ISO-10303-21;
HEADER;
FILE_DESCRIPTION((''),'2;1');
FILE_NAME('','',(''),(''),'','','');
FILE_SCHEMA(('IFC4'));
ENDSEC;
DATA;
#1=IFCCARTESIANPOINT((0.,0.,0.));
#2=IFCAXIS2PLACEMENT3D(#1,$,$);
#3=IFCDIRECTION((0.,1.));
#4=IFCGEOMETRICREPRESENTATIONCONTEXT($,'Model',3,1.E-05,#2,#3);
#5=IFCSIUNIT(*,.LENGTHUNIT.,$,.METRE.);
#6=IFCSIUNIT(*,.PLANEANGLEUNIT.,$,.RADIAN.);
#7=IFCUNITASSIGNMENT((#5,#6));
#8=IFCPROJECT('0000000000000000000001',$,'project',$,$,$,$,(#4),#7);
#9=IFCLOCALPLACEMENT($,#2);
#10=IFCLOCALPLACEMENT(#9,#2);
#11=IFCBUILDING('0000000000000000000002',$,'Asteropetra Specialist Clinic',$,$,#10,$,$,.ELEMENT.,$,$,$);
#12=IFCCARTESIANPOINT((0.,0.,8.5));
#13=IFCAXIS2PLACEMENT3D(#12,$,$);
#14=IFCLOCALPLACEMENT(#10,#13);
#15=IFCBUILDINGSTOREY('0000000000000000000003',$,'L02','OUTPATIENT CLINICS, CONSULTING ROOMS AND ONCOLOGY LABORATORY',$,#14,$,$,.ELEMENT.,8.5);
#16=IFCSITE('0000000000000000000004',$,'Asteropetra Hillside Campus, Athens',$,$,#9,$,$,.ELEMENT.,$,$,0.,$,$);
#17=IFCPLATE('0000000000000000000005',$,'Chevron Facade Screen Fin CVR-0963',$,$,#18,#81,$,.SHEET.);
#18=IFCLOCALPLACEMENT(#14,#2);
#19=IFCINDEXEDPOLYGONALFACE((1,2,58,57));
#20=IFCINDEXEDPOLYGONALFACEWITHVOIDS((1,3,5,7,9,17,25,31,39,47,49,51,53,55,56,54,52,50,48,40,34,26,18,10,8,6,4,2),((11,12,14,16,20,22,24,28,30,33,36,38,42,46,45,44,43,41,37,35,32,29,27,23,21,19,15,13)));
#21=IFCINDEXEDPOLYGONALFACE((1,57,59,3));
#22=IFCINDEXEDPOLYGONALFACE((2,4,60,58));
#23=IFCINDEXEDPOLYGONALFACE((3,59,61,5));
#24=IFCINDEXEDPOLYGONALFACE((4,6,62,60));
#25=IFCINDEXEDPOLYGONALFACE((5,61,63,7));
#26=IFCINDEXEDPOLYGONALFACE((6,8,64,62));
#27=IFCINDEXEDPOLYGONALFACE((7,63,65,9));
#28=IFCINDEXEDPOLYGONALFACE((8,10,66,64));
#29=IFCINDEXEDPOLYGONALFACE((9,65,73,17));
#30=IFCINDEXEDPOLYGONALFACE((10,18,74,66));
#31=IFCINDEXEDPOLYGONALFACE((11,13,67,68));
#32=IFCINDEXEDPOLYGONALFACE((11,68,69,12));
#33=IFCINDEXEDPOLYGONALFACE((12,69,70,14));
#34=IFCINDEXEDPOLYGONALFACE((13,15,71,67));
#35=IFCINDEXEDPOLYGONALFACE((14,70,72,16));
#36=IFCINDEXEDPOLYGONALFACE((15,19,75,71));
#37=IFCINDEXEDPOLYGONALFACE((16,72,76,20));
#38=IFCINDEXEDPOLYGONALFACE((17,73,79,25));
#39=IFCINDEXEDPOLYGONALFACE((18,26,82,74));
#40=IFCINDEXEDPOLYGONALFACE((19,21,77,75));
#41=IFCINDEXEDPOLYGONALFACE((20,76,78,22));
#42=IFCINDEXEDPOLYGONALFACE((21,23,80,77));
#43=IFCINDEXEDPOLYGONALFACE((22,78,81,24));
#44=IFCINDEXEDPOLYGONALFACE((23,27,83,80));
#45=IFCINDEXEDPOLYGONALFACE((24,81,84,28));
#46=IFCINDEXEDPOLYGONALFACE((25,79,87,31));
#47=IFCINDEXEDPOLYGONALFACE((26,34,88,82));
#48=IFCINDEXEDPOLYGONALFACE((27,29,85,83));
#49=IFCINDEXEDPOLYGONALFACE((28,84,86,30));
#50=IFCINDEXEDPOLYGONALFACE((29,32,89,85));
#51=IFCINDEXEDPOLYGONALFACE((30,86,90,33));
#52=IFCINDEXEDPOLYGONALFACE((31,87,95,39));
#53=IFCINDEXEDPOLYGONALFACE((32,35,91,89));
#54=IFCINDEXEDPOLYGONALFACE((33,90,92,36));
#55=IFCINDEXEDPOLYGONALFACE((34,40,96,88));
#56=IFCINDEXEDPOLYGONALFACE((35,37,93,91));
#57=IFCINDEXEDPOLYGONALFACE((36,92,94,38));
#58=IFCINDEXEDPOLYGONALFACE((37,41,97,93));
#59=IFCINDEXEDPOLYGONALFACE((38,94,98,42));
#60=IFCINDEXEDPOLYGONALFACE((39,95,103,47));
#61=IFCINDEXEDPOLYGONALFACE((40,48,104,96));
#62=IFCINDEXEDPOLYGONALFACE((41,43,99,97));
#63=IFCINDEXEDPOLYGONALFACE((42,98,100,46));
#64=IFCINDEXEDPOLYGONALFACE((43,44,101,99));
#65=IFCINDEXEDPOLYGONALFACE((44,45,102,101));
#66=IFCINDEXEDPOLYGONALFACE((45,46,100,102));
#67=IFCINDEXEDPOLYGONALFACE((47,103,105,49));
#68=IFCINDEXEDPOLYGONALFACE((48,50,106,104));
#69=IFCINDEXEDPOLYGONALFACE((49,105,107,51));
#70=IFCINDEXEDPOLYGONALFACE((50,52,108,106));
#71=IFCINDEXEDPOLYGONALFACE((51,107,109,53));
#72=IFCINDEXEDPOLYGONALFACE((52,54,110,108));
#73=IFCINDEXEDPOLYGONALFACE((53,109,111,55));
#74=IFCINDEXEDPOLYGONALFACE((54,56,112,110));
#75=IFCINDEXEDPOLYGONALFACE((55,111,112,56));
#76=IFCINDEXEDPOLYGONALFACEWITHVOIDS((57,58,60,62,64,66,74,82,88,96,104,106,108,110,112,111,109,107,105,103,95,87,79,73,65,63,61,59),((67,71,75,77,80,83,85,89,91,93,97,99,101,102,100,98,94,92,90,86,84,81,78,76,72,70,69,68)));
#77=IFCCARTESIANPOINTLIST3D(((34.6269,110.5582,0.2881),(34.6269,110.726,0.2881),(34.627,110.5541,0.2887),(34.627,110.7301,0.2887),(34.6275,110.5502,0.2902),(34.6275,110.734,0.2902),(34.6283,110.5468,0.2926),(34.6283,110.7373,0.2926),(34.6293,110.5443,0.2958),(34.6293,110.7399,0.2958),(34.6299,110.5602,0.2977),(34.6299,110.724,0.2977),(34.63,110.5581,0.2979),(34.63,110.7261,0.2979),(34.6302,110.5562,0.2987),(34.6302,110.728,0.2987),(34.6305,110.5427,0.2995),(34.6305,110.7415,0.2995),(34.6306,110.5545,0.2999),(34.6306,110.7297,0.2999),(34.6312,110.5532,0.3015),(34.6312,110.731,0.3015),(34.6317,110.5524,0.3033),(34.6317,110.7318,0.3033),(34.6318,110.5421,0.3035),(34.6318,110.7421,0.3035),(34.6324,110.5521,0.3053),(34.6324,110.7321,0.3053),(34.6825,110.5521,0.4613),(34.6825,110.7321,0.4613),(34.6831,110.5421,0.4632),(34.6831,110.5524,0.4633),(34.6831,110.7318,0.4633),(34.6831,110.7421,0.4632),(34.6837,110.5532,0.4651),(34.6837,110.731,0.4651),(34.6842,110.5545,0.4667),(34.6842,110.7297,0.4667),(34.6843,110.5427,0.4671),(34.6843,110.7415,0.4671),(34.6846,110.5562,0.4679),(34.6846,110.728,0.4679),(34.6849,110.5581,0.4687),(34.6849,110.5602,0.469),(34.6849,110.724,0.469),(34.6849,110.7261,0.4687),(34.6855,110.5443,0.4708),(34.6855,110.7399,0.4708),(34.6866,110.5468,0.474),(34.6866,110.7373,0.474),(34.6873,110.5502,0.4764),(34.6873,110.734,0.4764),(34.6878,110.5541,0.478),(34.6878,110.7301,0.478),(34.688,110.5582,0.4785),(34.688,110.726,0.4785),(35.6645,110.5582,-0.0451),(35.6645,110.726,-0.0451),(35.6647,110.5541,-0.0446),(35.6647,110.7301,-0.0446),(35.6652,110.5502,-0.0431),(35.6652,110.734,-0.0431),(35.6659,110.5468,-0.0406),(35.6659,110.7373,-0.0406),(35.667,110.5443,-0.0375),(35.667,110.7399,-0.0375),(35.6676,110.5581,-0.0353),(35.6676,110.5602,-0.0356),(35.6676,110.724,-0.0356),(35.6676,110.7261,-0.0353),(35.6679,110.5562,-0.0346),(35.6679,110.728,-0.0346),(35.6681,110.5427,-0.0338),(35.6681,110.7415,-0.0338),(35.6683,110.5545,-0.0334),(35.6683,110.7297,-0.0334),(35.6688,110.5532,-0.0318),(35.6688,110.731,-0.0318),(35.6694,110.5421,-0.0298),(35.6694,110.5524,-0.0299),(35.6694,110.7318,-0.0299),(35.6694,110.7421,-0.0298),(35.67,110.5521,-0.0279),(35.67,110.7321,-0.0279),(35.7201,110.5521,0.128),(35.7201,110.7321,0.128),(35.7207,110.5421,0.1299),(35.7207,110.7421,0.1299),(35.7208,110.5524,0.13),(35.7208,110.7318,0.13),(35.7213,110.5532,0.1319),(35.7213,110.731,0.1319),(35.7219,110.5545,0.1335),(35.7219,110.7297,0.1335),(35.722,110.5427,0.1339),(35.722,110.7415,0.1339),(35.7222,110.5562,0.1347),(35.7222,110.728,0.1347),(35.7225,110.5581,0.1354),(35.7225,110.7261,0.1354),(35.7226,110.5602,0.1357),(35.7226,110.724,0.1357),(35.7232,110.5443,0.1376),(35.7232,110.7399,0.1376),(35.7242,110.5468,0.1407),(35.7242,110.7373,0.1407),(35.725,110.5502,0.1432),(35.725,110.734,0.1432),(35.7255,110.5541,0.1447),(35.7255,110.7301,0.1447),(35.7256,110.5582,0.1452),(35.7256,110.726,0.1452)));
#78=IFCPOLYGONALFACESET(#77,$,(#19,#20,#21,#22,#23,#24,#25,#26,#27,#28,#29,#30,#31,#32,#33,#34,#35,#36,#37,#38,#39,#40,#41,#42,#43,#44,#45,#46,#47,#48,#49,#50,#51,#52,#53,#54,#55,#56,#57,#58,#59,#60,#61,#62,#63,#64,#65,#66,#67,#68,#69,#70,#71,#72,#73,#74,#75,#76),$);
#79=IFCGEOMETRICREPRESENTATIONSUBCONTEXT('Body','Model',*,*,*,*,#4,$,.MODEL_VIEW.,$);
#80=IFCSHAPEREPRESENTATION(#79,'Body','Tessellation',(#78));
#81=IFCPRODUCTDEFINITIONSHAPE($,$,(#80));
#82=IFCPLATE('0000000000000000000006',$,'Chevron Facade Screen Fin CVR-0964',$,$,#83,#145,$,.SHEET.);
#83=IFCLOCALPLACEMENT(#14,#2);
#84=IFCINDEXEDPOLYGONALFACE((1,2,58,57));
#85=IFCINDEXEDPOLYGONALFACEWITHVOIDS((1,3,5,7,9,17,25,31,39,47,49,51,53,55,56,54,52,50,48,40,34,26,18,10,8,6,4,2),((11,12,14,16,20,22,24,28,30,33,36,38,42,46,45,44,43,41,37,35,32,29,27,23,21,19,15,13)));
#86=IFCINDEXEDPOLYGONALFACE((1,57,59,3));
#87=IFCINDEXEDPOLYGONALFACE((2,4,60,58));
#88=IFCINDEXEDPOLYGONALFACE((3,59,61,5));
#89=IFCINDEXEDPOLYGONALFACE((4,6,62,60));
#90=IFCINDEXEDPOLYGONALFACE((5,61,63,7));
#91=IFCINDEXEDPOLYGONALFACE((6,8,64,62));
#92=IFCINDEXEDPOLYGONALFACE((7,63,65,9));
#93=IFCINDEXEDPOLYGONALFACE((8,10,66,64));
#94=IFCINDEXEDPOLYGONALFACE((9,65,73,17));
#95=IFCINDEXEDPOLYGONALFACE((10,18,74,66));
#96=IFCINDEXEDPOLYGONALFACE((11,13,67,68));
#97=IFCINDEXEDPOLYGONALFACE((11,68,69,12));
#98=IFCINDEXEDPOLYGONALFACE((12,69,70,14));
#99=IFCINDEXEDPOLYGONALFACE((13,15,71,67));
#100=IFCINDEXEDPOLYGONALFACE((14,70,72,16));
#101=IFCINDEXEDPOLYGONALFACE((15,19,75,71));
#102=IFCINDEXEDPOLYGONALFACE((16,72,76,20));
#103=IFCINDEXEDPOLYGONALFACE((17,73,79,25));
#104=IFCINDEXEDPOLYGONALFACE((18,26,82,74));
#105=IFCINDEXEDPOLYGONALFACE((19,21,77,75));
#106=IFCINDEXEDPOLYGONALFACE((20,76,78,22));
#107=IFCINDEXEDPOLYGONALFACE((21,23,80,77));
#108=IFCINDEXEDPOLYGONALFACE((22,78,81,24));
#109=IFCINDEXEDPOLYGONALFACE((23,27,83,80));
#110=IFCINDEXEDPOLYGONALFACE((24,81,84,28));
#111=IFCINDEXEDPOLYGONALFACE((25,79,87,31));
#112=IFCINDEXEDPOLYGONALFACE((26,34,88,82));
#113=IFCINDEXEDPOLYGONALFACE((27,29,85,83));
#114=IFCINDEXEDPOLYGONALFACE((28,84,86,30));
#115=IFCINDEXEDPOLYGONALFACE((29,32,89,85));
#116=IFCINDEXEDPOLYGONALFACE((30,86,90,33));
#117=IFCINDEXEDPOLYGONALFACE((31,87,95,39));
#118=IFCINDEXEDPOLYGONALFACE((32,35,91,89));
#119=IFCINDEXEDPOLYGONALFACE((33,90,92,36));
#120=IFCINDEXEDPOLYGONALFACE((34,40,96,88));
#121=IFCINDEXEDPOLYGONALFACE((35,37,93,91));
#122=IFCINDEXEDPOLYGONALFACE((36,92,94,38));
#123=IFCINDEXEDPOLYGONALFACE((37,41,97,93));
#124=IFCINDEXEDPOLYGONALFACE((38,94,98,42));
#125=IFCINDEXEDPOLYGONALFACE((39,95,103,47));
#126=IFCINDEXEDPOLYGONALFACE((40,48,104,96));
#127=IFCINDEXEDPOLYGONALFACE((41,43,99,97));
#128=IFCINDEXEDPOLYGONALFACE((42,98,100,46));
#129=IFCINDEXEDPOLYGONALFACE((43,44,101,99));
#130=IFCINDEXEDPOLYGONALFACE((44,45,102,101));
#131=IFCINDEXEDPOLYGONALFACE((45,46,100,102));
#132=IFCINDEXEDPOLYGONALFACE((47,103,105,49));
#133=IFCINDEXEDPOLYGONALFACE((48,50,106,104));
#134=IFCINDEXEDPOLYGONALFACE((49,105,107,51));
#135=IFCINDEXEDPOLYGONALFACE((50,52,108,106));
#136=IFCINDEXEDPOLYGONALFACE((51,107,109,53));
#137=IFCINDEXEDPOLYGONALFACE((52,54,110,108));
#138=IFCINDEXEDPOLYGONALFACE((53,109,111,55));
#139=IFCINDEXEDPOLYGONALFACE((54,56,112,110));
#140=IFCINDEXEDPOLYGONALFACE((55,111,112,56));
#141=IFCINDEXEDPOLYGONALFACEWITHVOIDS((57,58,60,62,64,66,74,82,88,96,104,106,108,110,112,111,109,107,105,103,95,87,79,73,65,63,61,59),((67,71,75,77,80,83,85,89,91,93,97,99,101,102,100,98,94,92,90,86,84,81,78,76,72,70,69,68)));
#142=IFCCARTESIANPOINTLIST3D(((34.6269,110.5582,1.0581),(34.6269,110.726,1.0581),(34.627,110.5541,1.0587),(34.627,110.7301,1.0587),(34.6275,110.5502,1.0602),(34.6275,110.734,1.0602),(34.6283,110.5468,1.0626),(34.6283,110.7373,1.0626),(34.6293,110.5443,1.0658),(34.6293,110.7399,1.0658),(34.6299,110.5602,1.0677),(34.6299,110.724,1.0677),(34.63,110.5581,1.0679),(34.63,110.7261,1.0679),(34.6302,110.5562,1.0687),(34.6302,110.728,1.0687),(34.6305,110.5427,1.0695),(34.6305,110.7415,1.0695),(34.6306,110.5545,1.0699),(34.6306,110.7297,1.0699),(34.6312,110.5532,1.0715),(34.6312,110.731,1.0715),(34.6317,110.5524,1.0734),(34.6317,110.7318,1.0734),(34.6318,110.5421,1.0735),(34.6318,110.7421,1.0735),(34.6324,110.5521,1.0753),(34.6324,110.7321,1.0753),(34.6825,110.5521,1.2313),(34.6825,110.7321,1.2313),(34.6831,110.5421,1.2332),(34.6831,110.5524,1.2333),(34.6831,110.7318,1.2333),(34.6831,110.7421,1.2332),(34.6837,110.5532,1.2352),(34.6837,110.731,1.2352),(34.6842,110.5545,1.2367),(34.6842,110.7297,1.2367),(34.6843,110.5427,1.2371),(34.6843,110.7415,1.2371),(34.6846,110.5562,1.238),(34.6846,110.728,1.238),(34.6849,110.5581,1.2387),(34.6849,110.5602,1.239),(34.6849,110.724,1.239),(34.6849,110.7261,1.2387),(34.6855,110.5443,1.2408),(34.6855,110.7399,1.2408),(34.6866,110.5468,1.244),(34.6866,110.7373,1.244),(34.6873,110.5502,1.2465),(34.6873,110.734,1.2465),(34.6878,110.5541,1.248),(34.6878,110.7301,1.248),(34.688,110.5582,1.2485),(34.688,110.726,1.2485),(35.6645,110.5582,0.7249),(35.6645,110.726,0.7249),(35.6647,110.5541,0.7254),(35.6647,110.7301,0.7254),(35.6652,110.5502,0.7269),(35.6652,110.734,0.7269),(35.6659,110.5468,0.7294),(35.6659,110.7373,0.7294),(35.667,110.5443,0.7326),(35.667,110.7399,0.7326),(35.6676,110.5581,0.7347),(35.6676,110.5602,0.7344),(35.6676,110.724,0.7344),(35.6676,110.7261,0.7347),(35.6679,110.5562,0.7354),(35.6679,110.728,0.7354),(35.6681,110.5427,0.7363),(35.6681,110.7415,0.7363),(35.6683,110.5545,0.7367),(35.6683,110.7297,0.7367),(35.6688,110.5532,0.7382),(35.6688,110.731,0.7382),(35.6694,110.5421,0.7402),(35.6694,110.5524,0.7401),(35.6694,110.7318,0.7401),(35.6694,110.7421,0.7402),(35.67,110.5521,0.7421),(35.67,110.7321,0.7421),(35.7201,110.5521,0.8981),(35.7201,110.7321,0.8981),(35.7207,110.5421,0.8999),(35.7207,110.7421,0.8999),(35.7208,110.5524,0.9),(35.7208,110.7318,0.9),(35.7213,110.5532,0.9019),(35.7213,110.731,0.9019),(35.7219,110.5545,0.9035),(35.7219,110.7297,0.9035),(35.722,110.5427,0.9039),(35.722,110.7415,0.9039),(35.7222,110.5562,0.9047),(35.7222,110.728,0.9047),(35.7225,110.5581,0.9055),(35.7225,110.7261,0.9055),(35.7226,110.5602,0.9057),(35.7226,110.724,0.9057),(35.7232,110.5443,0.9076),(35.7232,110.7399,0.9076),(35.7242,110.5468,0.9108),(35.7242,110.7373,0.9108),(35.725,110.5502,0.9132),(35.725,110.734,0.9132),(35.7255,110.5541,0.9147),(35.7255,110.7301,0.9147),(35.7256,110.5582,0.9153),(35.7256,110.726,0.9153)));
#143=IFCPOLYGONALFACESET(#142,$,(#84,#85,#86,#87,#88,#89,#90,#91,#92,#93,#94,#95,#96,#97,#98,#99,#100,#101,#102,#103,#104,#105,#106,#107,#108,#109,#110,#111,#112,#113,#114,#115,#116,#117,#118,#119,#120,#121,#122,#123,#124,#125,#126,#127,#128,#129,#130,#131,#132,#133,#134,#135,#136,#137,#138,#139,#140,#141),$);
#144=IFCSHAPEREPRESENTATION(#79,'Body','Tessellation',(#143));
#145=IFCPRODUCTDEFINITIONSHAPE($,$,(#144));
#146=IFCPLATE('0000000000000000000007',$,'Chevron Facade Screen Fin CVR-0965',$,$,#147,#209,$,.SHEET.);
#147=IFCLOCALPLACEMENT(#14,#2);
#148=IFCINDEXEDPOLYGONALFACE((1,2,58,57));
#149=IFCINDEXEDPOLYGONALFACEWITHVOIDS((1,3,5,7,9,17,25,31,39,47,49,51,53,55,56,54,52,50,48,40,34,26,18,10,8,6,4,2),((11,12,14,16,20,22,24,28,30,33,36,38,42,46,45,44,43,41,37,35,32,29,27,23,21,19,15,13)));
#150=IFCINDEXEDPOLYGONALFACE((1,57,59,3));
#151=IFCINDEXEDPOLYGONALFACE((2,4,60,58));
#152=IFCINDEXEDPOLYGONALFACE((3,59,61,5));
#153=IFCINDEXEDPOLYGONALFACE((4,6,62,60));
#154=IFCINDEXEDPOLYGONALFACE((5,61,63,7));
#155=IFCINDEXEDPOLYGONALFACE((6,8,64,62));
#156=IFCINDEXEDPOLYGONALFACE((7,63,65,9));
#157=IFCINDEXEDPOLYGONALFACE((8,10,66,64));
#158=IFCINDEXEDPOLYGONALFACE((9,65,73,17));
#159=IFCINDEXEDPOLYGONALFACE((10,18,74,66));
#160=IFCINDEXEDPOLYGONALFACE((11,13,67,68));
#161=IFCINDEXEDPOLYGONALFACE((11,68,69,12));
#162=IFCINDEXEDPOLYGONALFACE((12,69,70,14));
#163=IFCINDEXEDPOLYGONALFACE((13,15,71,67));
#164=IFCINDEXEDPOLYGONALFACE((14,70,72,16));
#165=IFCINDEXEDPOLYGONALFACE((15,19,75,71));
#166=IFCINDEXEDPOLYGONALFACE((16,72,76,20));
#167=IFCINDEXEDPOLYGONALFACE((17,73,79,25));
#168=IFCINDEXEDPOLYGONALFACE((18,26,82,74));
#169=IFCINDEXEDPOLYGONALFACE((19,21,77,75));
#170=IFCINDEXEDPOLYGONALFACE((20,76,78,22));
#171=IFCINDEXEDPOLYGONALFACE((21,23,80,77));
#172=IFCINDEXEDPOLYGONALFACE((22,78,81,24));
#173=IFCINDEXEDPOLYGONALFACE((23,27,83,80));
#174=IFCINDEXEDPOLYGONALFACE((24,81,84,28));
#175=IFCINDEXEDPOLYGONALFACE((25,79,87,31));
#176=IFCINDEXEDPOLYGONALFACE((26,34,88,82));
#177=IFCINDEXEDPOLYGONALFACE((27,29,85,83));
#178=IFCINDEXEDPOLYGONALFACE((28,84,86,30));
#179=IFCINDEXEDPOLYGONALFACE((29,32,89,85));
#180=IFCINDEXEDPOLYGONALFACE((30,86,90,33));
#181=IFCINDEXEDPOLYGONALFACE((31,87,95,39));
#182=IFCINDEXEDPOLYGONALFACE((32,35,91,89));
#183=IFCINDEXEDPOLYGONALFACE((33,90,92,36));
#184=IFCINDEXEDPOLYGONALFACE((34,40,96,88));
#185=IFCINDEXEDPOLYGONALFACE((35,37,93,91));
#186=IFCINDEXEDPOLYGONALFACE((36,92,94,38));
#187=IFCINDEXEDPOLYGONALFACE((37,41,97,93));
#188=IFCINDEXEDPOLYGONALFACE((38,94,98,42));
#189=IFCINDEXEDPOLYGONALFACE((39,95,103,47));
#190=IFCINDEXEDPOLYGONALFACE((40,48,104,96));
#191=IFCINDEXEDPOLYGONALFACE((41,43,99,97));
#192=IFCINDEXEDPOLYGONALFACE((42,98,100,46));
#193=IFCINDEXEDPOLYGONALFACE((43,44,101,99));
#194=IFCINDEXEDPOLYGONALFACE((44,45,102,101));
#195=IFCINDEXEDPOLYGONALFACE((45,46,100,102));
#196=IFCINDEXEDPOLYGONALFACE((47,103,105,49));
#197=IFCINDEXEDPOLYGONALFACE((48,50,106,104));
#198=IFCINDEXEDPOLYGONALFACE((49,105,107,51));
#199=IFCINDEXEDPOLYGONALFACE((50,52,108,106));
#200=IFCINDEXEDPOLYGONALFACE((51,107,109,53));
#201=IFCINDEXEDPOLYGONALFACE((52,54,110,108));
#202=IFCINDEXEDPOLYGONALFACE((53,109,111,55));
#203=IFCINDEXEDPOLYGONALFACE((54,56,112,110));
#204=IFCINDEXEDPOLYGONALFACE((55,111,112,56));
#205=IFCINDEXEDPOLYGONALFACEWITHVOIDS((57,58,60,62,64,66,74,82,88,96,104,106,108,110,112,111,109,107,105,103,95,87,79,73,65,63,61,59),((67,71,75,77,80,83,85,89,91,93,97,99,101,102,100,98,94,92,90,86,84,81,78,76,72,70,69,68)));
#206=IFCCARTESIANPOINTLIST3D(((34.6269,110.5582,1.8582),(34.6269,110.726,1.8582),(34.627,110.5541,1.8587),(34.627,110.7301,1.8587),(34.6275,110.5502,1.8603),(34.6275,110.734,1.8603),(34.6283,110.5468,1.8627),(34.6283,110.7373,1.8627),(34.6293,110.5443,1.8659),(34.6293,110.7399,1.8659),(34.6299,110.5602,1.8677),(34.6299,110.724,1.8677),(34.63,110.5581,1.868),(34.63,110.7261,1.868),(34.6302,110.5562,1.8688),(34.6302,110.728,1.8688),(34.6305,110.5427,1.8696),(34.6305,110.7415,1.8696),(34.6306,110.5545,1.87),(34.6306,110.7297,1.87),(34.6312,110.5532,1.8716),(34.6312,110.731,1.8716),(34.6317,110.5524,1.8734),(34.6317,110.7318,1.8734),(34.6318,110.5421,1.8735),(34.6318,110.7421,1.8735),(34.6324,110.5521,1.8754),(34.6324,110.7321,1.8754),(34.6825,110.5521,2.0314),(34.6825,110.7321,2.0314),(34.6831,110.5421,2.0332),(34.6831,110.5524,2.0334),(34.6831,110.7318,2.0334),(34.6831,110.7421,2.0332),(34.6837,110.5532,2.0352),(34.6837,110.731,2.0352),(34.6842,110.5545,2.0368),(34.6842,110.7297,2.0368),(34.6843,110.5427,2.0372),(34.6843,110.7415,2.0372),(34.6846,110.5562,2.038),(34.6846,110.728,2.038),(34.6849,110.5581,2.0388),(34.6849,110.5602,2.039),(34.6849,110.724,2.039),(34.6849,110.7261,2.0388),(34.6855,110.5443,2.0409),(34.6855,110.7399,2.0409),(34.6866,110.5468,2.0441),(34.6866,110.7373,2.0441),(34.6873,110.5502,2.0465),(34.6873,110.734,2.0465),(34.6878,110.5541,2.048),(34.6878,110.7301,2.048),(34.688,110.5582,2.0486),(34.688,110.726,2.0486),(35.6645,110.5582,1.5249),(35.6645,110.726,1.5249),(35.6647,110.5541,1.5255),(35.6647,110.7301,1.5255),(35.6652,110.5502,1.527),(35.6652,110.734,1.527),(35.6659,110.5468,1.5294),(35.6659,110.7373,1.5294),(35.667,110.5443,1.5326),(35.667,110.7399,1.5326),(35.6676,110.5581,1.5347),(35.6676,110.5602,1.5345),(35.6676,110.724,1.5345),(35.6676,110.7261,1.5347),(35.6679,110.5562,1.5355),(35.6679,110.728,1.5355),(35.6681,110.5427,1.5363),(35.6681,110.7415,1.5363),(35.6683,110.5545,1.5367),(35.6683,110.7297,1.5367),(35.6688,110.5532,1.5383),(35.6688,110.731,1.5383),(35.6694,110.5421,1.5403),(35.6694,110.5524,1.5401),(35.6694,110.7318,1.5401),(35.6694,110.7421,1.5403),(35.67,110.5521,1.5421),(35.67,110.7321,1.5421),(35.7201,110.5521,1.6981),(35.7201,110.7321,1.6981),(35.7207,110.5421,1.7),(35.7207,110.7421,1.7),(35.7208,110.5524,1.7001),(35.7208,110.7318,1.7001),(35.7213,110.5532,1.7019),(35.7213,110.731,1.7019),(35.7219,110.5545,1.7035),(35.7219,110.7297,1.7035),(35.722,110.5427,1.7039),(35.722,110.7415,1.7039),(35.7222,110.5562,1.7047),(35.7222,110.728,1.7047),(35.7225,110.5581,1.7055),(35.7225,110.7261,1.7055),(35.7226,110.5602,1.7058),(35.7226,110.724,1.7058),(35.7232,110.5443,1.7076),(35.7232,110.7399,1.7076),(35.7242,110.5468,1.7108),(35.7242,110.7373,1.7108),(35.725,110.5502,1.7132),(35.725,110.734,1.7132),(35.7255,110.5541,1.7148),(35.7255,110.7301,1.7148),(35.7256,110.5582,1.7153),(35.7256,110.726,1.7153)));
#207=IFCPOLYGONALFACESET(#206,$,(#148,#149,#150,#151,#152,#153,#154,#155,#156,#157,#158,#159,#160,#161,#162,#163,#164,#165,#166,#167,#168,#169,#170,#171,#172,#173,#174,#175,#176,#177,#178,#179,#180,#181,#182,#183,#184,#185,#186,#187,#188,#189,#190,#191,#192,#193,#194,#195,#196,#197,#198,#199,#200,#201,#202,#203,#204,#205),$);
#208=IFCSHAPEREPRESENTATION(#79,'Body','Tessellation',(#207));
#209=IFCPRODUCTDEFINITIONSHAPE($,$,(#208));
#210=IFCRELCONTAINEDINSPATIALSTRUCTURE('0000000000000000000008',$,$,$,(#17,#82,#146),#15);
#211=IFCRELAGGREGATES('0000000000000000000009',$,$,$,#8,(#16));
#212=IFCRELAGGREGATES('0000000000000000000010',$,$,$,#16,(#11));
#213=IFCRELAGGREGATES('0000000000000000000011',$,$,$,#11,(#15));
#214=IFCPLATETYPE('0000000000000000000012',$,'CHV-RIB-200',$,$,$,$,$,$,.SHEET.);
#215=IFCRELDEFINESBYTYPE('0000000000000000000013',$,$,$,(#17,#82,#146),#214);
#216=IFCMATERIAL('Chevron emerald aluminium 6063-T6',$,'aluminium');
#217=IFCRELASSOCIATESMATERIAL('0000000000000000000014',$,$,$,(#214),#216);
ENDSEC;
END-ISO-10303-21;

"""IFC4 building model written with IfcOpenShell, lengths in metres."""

from ifc_helpers import new_model, si_unit, direction, frame, origin, origin_2d, place, context, subcontext, project, spatial, hollow_rectangle, extrude, material, material_profile, profile_set, type_object, element, save


model = new_model("IFC4")

# Units and contexts
model_context = context("Model", 3, precision=1e-05, world=origin(), true_north=direction((0.0, 1.0)))
body_context = subcontext(model_context, "Body", "Model", "MODEL_VIEW")
ifc_project = project(units=[si_unit("LENGTHUNIT", "METRE"), si_unit("PLANEANGLEUNIT", "RADIAN")], contexts=[model_context])

# Site, building, storey
site_placement = place(None, origin())
site = spatial("IfcSite", under=ifc_project, at=site_placement, Name="Asteropetra Hillside Campus, Athens", CompositionType="ELEMENT", RefElevation=0.0)
building_placement = place(site_placement, origin())
building = spatial("IfcBuilding", under=site, at=building_placement, Name="Asteropetra Specialist Clinic", CompositionType="ELEMENT")
storey_placement = place(building_placement, frame((0.0, 0.0, 8.5)))
storey = spatial("IfcBuildingStorey", under=building, at=storey_placement, Name="L02", Description="OUTPATIENT CLINICS, CONSULTING ROOMS AND ONCOLOGY LABORATORY", CompositionType="ELEMENT", Elevation=8.5)

# Plates
ifc_material_1 = material(Name="Chevron emerald aluminium 6063-T6", Category="aluminium")
ifc_material_profile_1 = material_profile(ifc_material_1, hollow_rectangle(XDim=0.2, YDim=0.2, WallThickness=0.01, InnerFilletRadius=0.0081, OuterFilletRadius=0.0161, at=origin_2d()), Name="SHS 200x200x10.0")
ifc_profile_set_1 = profile_set([ifc_material_profile_1], Name="Chevron emerald aluminium 6063-T6")
plate_type = type_object("IfcPlateType", Name="CHV-RIB-200", PredefinedType="SHEET", material=ifc_profile_set_1)
for number, where, z_axis, x_axis, name in (
    (1, (35.6951, 110.6421, 0.05), (-0.952098, 0.0, 0.305792), (0.0, -1.0, 0.0), "Chevron Facade Screen Fin CVR-0963"),
    (2, (35.6951, 110.6421, 0.8201), (-0.952098, 0.0, 0.305792), (0.0, -1.0, 0.0), "Chevron Facade Screen Fin CVR-0964"),
    (3, (35.6951, 110.6421, 1.6201), (-0.952098, 0.0, 0.305792), (0.0, -1.0, 0.0), "Chevron Facade Screen Fin CVR-0965"),
):
    element("IfcPlate", number, at=place(storey_placement, frame(where, z_axis=z_axis, x_axis=x_axis)), inside=storey, type_object=plate_type, Name=name, PredefinedType="SHEET", context=body_context, shape_type="SweptSolid", body=[
        extrude(hollow_rectangle(XDim=0.2, YDim=0.2, WallThickness=0.01, InnerFilletRadius=0.0081, OuterFilletRadius=0.0161, at=origin_2d()), origin(), (0.0, 0.0, 1.0), 1.0898),
    ])

save(model, "model.ifc")
